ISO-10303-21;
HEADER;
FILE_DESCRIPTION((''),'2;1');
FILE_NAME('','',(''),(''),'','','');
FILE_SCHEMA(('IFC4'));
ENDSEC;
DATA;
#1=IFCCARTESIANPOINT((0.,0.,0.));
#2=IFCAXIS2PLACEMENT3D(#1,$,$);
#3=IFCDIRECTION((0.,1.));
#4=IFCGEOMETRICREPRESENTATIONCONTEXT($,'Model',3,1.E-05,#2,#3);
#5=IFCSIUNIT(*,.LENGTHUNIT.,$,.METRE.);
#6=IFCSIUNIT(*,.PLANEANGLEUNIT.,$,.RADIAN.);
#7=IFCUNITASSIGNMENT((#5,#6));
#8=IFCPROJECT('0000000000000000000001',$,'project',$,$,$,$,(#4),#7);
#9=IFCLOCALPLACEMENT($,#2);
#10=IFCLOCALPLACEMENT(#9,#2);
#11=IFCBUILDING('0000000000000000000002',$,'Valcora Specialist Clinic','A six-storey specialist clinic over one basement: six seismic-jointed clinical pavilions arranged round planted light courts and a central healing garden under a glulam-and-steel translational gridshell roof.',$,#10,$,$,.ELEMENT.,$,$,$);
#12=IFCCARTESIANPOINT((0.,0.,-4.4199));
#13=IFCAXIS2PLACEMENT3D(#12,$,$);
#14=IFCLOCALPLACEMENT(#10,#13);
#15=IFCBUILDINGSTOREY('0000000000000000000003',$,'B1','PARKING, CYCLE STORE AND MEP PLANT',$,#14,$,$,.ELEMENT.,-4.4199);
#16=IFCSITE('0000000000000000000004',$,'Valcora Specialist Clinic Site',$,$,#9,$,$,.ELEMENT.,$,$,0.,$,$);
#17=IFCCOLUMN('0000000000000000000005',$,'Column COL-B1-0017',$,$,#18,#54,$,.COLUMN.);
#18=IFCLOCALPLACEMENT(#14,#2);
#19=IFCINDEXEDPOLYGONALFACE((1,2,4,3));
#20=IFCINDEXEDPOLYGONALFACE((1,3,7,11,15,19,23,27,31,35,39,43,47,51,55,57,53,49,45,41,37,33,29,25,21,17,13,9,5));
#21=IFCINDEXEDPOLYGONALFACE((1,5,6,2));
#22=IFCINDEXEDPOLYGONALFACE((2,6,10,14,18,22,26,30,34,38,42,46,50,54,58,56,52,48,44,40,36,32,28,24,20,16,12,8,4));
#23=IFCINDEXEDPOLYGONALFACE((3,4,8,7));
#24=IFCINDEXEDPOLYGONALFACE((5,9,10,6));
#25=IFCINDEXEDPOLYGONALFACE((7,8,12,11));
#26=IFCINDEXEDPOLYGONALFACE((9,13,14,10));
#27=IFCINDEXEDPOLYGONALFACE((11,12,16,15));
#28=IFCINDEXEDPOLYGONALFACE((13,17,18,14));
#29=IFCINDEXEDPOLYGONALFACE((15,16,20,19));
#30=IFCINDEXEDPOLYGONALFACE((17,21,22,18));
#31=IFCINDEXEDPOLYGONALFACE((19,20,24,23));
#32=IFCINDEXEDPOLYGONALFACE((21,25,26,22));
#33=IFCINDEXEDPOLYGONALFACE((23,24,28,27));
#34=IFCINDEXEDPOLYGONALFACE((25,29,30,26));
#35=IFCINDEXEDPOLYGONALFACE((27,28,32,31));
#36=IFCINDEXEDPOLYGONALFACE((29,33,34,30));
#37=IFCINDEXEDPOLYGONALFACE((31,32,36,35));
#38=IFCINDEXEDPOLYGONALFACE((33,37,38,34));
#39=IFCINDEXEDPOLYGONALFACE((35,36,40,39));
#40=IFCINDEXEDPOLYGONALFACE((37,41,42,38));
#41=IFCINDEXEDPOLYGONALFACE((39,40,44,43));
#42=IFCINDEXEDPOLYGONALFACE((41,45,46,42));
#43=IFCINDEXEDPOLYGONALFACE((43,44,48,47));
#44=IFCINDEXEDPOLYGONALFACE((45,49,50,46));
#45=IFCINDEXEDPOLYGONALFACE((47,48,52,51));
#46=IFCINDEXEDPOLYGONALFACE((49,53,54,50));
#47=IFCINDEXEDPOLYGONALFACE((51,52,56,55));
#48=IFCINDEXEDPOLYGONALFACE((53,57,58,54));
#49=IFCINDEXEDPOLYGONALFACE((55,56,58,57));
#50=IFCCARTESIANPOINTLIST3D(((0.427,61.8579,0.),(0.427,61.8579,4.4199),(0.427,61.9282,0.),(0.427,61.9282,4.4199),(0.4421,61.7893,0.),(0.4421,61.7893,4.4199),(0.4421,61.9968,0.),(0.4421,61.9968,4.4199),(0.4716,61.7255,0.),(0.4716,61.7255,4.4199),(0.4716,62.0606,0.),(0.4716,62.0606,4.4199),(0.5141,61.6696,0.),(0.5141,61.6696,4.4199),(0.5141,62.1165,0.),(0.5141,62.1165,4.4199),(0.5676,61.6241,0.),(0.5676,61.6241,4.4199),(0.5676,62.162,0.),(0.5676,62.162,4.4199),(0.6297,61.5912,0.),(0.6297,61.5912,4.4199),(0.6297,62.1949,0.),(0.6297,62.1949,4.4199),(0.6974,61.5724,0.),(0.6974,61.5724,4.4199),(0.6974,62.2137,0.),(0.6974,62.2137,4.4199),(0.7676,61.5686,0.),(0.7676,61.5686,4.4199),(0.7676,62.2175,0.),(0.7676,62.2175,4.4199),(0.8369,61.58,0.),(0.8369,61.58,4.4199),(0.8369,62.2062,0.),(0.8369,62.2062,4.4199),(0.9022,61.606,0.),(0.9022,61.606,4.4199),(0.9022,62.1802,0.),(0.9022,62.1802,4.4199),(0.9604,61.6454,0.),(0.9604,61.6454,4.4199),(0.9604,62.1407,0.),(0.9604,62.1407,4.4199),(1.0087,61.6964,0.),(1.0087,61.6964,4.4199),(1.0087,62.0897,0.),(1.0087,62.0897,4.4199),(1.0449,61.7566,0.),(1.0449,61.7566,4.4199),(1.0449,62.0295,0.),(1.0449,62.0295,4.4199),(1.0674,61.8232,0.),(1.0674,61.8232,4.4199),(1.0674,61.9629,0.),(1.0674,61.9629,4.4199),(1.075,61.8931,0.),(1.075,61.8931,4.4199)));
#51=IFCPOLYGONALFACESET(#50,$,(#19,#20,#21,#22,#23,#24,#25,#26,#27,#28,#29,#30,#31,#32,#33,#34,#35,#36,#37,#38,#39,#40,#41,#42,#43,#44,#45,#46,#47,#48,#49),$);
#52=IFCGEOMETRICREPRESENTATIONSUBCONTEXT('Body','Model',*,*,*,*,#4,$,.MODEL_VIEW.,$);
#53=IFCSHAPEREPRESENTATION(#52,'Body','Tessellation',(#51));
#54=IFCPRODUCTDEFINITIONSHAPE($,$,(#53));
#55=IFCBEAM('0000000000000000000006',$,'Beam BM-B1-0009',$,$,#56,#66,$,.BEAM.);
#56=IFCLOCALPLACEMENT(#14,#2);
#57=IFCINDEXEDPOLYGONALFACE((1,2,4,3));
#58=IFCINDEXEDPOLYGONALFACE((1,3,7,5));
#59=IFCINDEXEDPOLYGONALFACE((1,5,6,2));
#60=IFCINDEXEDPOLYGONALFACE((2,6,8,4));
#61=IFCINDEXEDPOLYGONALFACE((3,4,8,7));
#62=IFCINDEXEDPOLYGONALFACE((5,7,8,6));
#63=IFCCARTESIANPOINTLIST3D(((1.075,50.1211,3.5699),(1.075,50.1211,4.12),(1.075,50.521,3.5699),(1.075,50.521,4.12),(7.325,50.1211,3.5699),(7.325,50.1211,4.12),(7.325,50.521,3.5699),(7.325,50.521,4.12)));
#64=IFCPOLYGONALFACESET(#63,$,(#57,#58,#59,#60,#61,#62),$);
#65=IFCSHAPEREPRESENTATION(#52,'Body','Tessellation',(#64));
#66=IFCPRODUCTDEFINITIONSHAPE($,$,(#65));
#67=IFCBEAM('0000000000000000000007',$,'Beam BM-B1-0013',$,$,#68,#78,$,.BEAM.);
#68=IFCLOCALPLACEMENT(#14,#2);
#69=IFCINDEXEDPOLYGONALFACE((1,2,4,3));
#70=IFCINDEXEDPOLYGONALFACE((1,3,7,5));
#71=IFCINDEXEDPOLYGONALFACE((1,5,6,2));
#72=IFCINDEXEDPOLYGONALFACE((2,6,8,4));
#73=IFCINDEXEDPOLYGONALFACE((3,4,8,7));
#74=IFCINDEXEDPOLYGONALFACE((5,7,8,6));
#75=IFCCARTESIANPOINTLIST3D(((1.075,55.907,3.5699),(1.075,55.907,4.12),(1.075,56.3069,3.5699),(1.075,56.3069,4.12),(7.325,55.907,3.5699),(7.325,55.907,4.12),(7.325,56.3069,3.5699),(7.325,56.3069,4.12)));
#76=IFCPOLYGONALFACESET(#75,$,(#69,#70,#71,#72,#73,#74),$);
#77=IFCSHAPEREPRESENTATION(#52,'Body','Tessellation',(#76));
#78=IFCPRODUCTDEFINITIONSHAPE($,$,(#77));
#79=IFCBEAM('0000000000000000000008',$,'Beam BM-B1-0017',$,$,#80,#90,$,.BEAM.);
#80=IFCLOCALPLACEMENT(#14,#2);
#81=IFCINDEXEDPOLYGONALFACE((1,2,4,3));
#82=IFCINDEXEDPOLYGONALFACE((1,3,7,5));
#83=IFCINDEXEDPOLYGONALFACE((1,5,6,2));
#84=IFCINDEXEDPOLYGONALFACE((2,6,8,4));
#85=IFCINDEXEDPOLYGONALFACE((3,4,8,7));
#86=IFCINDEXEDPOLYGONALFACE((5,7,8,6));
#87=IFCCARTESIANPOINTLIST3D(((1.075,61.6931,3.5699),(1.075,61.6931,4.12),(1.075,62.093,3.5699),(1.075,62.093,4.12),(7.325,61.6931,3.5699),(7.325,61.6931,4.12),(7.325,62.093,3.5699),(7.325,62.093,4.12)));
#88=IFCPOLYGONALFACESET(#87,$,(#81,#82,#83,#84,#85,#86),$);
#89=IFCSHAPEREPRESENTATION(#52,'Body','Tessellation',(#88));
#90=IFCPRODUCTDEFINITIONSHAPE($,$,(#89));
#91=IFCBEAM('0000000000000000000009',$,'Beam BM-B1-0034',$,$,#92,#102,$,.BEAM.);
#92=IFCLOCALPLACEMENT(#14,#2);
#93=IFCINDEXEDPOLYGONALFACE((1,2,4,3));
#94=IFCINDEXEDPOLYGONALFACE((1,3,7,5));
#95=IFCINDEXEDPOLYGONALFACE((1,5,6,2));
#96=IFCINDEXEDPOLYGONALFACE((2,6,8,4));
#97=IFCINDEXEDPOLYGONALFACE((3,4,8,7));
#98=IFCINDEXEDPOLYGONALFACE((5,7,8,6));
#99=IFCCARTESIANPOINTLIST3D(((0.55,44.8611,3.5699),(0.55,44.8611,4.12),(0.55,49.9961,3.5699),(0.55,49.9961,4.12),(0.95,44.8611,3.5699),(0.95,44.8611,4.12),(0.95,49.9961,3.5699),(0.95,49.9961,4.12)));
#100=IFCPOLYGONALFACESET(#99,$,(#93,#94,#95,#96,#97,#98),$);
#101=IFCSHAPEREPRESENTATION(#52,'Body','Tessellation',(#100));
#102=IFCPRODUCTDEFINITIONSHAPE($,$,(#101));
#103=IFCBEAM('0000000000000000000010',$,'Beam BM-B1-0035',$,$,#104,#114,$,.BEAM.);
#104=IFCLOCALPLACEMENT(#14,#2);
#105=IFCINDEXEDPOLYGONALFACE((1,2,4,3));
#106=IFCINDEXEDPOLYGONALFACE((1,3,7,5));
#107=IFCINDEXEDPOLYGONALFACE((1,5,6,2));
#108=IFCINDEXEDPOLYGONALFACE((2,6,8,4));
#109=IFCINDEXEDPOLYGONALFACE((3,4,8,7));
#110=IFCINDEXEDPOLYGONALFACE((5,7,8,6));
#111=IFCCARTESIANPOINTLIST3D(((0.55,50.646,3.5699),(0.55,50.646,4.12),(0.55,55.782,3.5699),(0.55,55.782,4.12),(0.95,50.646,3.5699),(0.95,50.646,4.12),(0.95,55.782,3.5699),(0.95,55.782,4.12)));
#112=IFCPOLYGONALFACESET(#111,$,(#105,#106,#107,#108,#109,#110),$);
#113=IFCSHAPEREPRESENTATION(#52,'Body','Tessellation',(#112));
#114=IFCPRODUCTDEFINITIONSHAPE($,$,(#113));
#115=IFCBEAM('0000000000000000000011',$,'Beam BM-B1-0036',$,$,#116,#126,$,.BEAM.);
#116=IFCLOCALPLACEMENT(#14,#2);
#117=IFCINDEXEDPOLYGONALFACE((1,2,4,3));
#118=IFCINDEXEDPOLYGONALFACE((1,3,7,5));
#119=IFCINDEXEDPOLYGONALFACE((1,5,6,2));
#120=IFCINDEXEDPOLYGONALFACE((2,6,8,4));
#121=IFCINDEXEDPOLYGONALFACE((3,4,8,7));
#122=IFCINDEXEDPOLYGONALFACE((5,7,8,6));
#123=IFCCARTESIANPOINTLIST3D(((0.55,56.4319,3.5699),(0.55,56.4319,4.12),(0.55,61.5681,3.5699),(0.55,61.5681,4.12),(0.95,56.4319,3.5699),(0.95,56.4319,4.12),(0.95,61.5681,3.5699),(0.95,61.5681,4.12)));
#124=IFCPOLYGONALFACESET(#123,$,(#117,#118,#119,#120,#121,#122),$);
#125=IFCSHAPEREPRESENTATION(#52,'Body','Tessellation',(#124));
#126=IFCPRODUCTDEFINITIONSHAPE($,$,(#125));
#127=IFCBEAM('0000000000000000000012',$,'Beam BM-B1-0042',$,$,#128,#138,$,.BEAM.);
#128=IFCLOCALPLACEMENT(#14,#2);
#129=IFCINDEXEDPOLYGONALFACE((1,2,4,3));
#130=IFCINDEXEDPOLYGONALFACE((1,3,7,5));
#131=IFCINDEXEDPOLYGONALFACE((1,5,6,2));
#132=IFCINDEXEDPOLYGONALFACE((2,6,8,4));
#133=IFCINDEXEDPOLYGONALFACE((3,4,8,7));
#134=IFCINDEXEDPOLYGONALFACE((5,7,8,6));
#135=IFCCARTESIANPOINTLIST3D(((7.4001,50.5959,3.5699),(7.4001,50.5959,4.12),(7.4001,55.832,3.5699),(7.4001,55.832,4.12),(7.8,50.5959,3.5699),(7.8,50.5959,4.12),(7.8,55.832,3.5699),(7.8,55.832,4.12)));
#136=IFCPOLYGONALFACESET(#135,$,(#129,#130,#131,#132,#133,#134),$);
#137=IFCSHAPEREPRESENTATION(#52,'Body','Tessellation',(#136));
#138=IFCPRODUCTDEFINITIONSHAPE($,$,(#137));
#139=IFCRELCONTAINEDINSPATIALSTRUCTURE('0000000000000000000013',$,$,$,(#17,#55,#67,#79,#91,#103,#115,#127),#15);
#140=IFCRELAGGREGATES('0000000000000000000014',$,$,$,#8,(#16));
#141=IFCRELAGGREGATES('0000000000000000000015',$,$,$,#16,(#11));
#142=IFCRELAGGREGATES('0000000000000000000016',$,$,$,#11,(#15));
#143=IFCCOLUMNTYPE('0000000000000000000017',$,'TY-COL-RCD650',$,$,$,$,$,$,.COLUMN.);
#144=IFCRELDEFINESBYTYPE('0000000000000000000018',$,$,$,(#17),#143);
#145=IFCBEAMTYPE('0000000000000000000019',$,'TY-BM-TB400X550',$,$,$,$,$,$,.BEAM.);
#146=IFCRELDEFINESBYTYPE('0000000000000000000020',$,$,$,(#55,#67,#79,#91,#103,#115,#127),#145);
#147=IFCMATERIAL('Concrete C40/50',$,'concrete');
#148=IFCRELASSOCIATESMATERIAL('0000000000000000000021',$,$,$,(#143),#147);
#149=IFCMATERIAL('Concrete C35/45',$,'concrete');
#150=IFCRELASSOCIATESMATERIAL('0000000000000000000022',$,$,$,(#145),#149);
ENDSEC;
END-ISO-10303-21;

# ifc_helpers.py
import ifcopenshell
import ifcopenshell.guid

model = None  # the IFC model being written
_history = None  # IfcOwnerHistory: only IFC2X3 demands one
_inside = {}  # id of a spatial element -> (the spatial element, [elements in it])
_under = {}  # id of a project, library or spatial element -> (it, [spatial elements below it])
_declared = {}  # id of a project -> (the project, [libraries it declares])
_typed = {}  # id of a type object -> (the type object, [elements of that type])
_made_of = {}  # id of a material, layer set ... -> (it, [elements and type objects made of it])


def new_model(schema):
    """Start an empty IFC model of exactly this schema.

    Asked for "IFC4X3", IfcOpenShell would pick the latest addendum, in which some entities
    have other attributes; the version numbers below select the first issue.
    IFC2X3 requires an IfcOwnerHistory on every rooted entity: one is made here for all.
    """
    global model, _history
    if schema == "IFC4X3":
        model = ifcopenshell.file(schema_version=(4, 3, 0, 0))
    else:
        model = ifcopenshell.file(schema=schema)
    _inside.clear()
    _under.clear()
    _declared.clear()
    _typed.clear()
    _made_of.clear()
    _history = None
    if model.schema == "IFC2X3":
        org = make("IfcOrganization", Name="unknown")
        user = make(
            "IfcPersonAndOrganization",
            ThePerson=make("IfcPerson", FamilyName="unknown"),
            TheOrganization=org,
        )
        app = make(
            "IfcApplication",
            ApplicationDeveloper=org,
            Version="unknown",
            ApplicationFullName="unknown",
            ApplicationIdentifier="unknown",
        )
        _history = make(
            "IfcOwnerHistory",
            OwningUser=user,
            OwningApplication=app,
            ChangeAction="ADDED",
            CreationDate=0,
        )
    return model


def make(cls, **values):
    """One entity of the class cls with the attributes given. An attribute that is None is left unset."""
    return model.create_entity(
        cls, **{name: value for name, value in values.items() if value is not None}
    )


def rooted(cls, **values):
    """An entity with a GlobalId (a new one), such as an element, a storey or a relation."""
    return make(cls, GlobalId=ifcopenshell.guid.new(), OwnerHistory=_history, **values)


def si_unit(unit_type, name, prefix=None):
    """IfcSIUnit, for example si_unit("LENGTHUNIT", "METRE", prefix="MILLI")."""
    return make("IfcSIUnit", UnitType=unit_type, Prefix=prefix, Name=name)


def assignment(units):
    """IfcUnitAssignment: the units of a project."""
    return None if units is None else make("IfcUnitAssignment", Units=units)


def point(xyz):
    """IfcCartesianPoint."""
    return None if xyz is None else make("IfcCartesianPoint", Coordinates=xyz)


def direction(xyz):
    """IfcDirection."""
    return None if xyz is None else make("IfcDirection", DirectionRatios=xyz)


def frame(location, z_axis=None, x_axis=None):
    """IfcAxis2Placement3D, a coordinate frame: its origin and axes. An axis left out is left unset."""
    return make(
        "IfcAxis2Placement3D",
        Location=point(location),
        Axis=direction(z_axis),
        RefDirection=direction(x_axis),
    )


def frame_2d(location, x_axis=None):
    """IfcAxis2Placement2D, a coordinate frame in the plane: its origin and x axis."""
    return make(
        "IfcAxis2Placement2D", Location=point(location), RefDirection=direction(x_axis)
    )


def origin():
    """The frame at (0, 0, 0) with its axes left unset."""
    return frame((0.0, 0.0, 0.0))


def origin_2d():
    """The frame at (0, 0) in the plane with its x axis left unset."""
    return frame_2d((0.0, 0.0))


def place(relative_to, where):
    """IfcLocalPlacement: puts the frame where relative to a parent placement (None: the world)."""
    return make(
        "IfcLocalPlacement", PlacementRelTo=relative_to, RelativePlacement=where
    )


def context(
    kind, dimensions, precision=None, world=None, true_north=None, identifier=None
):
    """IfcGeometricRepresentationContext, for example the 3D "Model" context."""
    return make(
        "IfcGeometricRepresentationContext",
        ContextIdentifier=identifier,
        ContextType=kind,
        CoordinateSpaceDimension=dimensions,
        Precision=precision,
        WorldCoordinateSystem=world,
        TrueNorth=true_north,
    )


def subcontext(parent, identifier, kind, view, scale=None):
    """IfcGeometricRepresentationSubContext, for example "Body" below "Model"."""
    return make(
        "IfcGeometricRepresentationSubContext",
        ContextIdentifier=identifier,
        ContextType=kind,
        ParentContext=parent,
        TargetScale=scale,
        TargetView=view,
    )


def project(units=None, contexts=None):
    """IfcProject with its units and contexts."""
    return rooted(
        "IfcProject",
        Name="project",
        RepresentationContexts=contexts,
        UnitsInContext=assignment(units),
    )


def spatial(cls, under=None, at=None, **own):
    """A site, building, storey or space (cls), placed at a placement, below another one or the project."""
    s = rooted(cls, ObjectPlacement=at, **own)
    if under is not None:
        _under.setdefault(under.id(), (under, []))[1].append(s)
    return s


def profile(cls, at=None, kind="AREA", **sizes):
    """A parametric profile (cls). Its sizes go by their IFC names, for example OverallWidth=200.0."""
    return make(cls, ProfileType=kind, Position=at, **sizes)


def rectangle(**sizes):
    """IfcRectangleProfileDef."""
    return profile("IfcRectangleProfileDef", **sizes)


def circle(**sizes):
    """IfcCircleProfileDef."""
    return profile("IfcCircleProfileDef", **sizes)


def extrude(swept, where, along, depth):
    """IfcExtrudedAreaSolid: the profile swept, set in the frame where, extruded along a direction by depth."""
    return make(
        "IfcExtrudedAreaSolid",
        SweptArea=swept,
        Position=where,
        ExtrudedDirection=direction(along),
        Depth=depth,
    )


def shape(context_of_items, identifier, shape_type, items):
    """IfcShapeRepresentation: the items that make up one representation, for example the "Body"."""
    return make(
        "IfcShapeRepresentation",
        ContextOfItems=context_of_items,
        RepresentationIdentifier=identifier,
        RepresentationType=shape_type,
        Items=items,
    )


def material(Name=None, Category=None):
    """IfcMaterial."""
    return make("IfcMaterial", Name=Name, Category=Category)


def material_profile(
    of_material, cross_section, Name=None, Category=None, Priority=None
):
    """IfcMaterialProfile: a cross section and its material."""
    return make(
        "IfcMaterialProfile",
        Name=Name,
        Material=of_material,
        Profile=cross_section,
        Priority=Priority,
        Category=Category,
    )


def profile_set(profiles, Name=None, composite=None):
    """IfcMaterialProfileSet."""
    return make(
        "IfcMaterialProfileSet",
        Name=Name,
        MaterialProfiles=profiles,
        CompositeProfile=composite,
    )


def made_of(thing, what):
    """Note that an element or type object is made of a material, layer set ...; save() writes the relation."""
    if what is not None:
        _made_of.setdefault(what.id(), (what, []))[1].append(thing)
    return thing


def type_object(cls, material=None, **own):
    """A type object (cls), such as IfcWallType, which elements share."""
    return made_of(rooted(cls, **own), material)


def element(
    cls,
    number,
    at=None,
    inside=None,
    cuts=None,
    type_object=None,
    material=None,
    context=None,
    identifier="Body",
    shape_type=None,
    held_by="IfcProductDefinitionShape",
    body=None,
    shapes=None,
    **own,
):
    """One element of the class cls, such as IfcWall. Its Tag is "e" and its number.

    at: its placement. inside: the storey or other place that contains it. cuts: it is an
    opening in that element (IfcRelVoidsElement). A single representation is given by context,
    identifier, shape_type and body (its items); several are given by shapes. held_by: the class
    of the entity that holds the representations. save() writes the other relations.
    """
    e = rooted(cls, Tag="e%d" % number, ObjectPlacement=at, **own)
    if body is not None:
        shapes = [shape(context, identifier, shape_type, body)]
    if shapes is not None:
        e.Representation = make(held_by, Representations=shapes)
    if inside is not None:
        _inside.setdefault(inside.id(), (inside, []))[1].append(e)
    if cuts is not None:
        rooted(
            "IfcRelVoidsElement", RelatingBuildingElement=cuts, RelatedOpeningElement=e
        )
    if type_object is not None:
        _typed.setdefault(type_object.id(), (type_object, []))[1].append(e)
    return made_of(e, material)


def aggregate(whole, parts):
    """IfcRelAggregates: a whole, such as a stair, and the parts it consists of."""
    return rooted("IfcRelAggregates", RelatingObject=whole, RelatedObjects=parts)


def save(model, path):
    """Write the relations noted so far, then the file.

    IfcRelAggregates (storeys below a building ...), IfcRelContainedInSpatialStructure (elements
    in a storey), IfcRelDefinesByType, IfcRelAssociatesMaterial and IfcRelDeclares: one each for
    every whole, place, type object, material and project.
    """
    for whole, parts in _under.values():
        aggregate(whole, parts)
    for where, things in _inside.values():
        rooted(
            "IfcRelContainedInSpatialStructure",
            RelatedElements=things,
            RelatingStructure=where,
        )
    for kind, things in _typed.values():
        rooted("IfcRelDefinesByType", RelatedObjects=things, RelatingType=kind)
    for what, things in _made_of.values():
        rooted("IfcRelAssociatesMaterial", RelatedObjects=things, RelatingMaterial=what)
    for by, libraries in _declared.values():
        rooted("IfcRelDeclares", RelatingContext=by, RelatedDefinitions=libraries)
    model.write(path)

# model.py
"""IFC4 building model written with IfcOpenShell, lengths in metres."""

from ifc_helpers import new_model, si_unit, direction, frame, origin, origin_2d, place, context, subcontext, project, spatial, rectangle, circle, extrude, material, material_profile, profile_set, type_object, element, save


model = new_model("IFC4")

# Units and contexts
model_context = context("Model", 3, precision=1e-05, world=origin(), true_north=direction((0.0, 1.0)))
body_context = subcontext(model_context, "Body", "Model", "MODEL_VIEW")
ifc_project = project(units=[si_unit("LENGTHUNIT", "METRE"), si_unit("PLANEANGLEUNIT", "RADIAN")], contexts=[model_context])

# Site, building, storey
site_placement = place(None, origin())
site = spatial("IfcSite", under=ifc_project, at=site_placement, Name="Valcora Specialist Clinic Site", CompositionType="ELEMENT", RefElevation=0.0)
building_placement = place(site_placement, origin())
building = spatial("IfcBuilding", under=site, at=building_placement, Name="Valcora Specialist Clinic", Description="A six-storey specialist clinic over one basement: six seismic-jointed clinical pavilions arranged round planted light courts and a central healing garden under a glulam-and-steel translational gridshell roof.", CompositionType="ELEMENT")
storey_placement = place(building_placement, frame((0.0, 0.0, -4.4199)))
storey = spatial("IfcBuildingStorey", under=building, at=storey_placement, Name="B1", Description="PARKING, CYCLE STORE AND MEP PLANT", CompositionType="ELEMENT", Elevation=-4.4199)

# Shared definitions
ifc_material_1 = material(Name="Concrete C35/45", Category="concrete")

# Column
ifc_material_2 = material(Name="Concrete C40/50", Category="concrete")
ifc_material_profile_1 = material_profile(ifc_material_2, circle(Radius=0.325, at=origin_2d()), Name="RC-COL-D650")
ifc_profile_set_1 = profile_set([ifc_material_profile_1], Name="Concrete C40/50")
column_type_1 = type_object("IfcColumnType", Name="TY-COL-RCD650", PredefinedType="COLUMN", material=ifc_profile_set_1)
for number, where, z_axis, x_axis, name in (
    (1, (0.75, 61.8931, 0.0), (0.0, 0.0, 1.0), (1.0, 0.0, 0.0), "Column COL-B1-0017"),
):
    element("IfcColumn", number, at=place(storey_placement, frame(where, z_axis=z_axis, x_axis=x_axis)), inside=storey, type_object=column_type_1, Name=name, PredefinedType="COLUMN", context=body_context, shape_type="SweptSolid", body=[
        extrude(circle(Radius=0.325, at=origin_2d()), origin(), (0.0, 0.0, 1.0), 4.4199),
    ])

# Beams
ifc_material_profile_2 = material_profile(ifc_material_1, rectangle(XDim=0.3999, YDim=0.55, at=origin_2d()), Name="RC-TB-400X550")
ifc_profile_set_2 = profile_set([ifc_material_profile_2], Name="Concrete C35/45")
beam_type = type_object("IfcBeamType", Name="TY-BM-TB400X550", PredefinedType="BEAM", material=ifc_profile_set_2)
for number, where, z_axis, x_axis, name in (
    (2, (1.075, 50.321, 3.845), (1.0, 0.0, 0.0), (0.0, 1.0, 0.0), "Beam BM-B1-0009"),
    (3, (1.075, 56.1069, 3.845), (1.0, 0.0, 0.0), (0.0, 1.0, 0.0), "Beam BM-B1-0013"),
    (4, (1.075, 61.8931, 3.845), (1.0, 0.0, 0.0), (0.0, 1.0, 0.0), "Beam BM-B1-0017"),
):
    element("IfcBeam", number, at=place(storey_placement, frame(where, z_axis=z_axis, x_axis=x_axis)), inside=storey, type_object=beam_type, Name=name, PredefinedType="BEAM", context=body_context, shape_type="SweptSolid", body=[
        extrude(rectangle(XDim=0.3999, YDim=0.55, at=origin_2d()), origin(), (0.0, 0.0, 1.0), 6.25),
    ])
beam_1_placement = place(storey_placement, frame((0.75, 44.8611, 3.845), z_axis=(0.0, 1.0, 0.0), x_axis=(-1.0, 0.0, 0.0)))
element("IfcBeam", 5, at=beam_1_placement, inside=storey, type_object=beam_type, Name="Beam BM-B1-0034", PredefinedType="BEAM", context=body_context, shape_type="SweptSolid", body=[
    extrude(rectangle(XDim=0.3999, YDim=0.55, at=origin_2d()), origin(), (0.0, 0.0, 1.0), 5.135),
])
beam_2_placement = place(storey_placement, frame((0.75, 50.646, 3.845), z_axis=(0.0, 1.0, 0.0), x_axis=(-1.0, 0.0, 0.0)))
element("IfcBeam", 6, at=beam_2_placement, inside=storey, type_object=beam_type, Name="Beam BM-B1-0035", PredefinedType="BEAM", context=body_context, shape_type="SweptSolid", body=[
    extrude(rectangle(XDim=0.3999, YDim=0.55, at=origin_2d()), origin(), (0.0, 0.0, 1.0), 5.136),
])
beam_3_placement = place(storey_placement, frame((0.75, 56.4319, 3.845), z_axis=(0.0, 1.0, 0.0), x_axis=(-1.0, 0.0, 0.0)))
element("IfcBeam", 7, at=beam_3_placement, inside=storey, type_object=beam_type, Name="Beam BM-B1-0036", PredefinedType="BEAM", context=body_context, shape_type="SweptSolid", body=[
    extrude(rectangle(XDim=0.3999, YDim=0.55, at=origin_2d()), origin(), (0.0, 0.0, 1.0), 5.1362),
])
beam_4_placement = place(storey_placement, frame((7.6001, 50.5959, 3.845), z_axis=(0.0, 1.0, 0.0), x_axis=(-1.0, 0.0, 0.0)))
element("IfcBeam", 8, at=beam_4_placement, inside=storey, type_object=beam_type, Name="Beam BM-B1-0042", PredefinedType="BEAM", context=body_context, shape_type="SweptSolid", body=[
    extrude(rectangle(XDim=0.3999, YDim=0.55, at=origin_2d()), origin(), (0.0, 0.0, 1.0), 5.2361),
])

save(model, "model.ifc")
